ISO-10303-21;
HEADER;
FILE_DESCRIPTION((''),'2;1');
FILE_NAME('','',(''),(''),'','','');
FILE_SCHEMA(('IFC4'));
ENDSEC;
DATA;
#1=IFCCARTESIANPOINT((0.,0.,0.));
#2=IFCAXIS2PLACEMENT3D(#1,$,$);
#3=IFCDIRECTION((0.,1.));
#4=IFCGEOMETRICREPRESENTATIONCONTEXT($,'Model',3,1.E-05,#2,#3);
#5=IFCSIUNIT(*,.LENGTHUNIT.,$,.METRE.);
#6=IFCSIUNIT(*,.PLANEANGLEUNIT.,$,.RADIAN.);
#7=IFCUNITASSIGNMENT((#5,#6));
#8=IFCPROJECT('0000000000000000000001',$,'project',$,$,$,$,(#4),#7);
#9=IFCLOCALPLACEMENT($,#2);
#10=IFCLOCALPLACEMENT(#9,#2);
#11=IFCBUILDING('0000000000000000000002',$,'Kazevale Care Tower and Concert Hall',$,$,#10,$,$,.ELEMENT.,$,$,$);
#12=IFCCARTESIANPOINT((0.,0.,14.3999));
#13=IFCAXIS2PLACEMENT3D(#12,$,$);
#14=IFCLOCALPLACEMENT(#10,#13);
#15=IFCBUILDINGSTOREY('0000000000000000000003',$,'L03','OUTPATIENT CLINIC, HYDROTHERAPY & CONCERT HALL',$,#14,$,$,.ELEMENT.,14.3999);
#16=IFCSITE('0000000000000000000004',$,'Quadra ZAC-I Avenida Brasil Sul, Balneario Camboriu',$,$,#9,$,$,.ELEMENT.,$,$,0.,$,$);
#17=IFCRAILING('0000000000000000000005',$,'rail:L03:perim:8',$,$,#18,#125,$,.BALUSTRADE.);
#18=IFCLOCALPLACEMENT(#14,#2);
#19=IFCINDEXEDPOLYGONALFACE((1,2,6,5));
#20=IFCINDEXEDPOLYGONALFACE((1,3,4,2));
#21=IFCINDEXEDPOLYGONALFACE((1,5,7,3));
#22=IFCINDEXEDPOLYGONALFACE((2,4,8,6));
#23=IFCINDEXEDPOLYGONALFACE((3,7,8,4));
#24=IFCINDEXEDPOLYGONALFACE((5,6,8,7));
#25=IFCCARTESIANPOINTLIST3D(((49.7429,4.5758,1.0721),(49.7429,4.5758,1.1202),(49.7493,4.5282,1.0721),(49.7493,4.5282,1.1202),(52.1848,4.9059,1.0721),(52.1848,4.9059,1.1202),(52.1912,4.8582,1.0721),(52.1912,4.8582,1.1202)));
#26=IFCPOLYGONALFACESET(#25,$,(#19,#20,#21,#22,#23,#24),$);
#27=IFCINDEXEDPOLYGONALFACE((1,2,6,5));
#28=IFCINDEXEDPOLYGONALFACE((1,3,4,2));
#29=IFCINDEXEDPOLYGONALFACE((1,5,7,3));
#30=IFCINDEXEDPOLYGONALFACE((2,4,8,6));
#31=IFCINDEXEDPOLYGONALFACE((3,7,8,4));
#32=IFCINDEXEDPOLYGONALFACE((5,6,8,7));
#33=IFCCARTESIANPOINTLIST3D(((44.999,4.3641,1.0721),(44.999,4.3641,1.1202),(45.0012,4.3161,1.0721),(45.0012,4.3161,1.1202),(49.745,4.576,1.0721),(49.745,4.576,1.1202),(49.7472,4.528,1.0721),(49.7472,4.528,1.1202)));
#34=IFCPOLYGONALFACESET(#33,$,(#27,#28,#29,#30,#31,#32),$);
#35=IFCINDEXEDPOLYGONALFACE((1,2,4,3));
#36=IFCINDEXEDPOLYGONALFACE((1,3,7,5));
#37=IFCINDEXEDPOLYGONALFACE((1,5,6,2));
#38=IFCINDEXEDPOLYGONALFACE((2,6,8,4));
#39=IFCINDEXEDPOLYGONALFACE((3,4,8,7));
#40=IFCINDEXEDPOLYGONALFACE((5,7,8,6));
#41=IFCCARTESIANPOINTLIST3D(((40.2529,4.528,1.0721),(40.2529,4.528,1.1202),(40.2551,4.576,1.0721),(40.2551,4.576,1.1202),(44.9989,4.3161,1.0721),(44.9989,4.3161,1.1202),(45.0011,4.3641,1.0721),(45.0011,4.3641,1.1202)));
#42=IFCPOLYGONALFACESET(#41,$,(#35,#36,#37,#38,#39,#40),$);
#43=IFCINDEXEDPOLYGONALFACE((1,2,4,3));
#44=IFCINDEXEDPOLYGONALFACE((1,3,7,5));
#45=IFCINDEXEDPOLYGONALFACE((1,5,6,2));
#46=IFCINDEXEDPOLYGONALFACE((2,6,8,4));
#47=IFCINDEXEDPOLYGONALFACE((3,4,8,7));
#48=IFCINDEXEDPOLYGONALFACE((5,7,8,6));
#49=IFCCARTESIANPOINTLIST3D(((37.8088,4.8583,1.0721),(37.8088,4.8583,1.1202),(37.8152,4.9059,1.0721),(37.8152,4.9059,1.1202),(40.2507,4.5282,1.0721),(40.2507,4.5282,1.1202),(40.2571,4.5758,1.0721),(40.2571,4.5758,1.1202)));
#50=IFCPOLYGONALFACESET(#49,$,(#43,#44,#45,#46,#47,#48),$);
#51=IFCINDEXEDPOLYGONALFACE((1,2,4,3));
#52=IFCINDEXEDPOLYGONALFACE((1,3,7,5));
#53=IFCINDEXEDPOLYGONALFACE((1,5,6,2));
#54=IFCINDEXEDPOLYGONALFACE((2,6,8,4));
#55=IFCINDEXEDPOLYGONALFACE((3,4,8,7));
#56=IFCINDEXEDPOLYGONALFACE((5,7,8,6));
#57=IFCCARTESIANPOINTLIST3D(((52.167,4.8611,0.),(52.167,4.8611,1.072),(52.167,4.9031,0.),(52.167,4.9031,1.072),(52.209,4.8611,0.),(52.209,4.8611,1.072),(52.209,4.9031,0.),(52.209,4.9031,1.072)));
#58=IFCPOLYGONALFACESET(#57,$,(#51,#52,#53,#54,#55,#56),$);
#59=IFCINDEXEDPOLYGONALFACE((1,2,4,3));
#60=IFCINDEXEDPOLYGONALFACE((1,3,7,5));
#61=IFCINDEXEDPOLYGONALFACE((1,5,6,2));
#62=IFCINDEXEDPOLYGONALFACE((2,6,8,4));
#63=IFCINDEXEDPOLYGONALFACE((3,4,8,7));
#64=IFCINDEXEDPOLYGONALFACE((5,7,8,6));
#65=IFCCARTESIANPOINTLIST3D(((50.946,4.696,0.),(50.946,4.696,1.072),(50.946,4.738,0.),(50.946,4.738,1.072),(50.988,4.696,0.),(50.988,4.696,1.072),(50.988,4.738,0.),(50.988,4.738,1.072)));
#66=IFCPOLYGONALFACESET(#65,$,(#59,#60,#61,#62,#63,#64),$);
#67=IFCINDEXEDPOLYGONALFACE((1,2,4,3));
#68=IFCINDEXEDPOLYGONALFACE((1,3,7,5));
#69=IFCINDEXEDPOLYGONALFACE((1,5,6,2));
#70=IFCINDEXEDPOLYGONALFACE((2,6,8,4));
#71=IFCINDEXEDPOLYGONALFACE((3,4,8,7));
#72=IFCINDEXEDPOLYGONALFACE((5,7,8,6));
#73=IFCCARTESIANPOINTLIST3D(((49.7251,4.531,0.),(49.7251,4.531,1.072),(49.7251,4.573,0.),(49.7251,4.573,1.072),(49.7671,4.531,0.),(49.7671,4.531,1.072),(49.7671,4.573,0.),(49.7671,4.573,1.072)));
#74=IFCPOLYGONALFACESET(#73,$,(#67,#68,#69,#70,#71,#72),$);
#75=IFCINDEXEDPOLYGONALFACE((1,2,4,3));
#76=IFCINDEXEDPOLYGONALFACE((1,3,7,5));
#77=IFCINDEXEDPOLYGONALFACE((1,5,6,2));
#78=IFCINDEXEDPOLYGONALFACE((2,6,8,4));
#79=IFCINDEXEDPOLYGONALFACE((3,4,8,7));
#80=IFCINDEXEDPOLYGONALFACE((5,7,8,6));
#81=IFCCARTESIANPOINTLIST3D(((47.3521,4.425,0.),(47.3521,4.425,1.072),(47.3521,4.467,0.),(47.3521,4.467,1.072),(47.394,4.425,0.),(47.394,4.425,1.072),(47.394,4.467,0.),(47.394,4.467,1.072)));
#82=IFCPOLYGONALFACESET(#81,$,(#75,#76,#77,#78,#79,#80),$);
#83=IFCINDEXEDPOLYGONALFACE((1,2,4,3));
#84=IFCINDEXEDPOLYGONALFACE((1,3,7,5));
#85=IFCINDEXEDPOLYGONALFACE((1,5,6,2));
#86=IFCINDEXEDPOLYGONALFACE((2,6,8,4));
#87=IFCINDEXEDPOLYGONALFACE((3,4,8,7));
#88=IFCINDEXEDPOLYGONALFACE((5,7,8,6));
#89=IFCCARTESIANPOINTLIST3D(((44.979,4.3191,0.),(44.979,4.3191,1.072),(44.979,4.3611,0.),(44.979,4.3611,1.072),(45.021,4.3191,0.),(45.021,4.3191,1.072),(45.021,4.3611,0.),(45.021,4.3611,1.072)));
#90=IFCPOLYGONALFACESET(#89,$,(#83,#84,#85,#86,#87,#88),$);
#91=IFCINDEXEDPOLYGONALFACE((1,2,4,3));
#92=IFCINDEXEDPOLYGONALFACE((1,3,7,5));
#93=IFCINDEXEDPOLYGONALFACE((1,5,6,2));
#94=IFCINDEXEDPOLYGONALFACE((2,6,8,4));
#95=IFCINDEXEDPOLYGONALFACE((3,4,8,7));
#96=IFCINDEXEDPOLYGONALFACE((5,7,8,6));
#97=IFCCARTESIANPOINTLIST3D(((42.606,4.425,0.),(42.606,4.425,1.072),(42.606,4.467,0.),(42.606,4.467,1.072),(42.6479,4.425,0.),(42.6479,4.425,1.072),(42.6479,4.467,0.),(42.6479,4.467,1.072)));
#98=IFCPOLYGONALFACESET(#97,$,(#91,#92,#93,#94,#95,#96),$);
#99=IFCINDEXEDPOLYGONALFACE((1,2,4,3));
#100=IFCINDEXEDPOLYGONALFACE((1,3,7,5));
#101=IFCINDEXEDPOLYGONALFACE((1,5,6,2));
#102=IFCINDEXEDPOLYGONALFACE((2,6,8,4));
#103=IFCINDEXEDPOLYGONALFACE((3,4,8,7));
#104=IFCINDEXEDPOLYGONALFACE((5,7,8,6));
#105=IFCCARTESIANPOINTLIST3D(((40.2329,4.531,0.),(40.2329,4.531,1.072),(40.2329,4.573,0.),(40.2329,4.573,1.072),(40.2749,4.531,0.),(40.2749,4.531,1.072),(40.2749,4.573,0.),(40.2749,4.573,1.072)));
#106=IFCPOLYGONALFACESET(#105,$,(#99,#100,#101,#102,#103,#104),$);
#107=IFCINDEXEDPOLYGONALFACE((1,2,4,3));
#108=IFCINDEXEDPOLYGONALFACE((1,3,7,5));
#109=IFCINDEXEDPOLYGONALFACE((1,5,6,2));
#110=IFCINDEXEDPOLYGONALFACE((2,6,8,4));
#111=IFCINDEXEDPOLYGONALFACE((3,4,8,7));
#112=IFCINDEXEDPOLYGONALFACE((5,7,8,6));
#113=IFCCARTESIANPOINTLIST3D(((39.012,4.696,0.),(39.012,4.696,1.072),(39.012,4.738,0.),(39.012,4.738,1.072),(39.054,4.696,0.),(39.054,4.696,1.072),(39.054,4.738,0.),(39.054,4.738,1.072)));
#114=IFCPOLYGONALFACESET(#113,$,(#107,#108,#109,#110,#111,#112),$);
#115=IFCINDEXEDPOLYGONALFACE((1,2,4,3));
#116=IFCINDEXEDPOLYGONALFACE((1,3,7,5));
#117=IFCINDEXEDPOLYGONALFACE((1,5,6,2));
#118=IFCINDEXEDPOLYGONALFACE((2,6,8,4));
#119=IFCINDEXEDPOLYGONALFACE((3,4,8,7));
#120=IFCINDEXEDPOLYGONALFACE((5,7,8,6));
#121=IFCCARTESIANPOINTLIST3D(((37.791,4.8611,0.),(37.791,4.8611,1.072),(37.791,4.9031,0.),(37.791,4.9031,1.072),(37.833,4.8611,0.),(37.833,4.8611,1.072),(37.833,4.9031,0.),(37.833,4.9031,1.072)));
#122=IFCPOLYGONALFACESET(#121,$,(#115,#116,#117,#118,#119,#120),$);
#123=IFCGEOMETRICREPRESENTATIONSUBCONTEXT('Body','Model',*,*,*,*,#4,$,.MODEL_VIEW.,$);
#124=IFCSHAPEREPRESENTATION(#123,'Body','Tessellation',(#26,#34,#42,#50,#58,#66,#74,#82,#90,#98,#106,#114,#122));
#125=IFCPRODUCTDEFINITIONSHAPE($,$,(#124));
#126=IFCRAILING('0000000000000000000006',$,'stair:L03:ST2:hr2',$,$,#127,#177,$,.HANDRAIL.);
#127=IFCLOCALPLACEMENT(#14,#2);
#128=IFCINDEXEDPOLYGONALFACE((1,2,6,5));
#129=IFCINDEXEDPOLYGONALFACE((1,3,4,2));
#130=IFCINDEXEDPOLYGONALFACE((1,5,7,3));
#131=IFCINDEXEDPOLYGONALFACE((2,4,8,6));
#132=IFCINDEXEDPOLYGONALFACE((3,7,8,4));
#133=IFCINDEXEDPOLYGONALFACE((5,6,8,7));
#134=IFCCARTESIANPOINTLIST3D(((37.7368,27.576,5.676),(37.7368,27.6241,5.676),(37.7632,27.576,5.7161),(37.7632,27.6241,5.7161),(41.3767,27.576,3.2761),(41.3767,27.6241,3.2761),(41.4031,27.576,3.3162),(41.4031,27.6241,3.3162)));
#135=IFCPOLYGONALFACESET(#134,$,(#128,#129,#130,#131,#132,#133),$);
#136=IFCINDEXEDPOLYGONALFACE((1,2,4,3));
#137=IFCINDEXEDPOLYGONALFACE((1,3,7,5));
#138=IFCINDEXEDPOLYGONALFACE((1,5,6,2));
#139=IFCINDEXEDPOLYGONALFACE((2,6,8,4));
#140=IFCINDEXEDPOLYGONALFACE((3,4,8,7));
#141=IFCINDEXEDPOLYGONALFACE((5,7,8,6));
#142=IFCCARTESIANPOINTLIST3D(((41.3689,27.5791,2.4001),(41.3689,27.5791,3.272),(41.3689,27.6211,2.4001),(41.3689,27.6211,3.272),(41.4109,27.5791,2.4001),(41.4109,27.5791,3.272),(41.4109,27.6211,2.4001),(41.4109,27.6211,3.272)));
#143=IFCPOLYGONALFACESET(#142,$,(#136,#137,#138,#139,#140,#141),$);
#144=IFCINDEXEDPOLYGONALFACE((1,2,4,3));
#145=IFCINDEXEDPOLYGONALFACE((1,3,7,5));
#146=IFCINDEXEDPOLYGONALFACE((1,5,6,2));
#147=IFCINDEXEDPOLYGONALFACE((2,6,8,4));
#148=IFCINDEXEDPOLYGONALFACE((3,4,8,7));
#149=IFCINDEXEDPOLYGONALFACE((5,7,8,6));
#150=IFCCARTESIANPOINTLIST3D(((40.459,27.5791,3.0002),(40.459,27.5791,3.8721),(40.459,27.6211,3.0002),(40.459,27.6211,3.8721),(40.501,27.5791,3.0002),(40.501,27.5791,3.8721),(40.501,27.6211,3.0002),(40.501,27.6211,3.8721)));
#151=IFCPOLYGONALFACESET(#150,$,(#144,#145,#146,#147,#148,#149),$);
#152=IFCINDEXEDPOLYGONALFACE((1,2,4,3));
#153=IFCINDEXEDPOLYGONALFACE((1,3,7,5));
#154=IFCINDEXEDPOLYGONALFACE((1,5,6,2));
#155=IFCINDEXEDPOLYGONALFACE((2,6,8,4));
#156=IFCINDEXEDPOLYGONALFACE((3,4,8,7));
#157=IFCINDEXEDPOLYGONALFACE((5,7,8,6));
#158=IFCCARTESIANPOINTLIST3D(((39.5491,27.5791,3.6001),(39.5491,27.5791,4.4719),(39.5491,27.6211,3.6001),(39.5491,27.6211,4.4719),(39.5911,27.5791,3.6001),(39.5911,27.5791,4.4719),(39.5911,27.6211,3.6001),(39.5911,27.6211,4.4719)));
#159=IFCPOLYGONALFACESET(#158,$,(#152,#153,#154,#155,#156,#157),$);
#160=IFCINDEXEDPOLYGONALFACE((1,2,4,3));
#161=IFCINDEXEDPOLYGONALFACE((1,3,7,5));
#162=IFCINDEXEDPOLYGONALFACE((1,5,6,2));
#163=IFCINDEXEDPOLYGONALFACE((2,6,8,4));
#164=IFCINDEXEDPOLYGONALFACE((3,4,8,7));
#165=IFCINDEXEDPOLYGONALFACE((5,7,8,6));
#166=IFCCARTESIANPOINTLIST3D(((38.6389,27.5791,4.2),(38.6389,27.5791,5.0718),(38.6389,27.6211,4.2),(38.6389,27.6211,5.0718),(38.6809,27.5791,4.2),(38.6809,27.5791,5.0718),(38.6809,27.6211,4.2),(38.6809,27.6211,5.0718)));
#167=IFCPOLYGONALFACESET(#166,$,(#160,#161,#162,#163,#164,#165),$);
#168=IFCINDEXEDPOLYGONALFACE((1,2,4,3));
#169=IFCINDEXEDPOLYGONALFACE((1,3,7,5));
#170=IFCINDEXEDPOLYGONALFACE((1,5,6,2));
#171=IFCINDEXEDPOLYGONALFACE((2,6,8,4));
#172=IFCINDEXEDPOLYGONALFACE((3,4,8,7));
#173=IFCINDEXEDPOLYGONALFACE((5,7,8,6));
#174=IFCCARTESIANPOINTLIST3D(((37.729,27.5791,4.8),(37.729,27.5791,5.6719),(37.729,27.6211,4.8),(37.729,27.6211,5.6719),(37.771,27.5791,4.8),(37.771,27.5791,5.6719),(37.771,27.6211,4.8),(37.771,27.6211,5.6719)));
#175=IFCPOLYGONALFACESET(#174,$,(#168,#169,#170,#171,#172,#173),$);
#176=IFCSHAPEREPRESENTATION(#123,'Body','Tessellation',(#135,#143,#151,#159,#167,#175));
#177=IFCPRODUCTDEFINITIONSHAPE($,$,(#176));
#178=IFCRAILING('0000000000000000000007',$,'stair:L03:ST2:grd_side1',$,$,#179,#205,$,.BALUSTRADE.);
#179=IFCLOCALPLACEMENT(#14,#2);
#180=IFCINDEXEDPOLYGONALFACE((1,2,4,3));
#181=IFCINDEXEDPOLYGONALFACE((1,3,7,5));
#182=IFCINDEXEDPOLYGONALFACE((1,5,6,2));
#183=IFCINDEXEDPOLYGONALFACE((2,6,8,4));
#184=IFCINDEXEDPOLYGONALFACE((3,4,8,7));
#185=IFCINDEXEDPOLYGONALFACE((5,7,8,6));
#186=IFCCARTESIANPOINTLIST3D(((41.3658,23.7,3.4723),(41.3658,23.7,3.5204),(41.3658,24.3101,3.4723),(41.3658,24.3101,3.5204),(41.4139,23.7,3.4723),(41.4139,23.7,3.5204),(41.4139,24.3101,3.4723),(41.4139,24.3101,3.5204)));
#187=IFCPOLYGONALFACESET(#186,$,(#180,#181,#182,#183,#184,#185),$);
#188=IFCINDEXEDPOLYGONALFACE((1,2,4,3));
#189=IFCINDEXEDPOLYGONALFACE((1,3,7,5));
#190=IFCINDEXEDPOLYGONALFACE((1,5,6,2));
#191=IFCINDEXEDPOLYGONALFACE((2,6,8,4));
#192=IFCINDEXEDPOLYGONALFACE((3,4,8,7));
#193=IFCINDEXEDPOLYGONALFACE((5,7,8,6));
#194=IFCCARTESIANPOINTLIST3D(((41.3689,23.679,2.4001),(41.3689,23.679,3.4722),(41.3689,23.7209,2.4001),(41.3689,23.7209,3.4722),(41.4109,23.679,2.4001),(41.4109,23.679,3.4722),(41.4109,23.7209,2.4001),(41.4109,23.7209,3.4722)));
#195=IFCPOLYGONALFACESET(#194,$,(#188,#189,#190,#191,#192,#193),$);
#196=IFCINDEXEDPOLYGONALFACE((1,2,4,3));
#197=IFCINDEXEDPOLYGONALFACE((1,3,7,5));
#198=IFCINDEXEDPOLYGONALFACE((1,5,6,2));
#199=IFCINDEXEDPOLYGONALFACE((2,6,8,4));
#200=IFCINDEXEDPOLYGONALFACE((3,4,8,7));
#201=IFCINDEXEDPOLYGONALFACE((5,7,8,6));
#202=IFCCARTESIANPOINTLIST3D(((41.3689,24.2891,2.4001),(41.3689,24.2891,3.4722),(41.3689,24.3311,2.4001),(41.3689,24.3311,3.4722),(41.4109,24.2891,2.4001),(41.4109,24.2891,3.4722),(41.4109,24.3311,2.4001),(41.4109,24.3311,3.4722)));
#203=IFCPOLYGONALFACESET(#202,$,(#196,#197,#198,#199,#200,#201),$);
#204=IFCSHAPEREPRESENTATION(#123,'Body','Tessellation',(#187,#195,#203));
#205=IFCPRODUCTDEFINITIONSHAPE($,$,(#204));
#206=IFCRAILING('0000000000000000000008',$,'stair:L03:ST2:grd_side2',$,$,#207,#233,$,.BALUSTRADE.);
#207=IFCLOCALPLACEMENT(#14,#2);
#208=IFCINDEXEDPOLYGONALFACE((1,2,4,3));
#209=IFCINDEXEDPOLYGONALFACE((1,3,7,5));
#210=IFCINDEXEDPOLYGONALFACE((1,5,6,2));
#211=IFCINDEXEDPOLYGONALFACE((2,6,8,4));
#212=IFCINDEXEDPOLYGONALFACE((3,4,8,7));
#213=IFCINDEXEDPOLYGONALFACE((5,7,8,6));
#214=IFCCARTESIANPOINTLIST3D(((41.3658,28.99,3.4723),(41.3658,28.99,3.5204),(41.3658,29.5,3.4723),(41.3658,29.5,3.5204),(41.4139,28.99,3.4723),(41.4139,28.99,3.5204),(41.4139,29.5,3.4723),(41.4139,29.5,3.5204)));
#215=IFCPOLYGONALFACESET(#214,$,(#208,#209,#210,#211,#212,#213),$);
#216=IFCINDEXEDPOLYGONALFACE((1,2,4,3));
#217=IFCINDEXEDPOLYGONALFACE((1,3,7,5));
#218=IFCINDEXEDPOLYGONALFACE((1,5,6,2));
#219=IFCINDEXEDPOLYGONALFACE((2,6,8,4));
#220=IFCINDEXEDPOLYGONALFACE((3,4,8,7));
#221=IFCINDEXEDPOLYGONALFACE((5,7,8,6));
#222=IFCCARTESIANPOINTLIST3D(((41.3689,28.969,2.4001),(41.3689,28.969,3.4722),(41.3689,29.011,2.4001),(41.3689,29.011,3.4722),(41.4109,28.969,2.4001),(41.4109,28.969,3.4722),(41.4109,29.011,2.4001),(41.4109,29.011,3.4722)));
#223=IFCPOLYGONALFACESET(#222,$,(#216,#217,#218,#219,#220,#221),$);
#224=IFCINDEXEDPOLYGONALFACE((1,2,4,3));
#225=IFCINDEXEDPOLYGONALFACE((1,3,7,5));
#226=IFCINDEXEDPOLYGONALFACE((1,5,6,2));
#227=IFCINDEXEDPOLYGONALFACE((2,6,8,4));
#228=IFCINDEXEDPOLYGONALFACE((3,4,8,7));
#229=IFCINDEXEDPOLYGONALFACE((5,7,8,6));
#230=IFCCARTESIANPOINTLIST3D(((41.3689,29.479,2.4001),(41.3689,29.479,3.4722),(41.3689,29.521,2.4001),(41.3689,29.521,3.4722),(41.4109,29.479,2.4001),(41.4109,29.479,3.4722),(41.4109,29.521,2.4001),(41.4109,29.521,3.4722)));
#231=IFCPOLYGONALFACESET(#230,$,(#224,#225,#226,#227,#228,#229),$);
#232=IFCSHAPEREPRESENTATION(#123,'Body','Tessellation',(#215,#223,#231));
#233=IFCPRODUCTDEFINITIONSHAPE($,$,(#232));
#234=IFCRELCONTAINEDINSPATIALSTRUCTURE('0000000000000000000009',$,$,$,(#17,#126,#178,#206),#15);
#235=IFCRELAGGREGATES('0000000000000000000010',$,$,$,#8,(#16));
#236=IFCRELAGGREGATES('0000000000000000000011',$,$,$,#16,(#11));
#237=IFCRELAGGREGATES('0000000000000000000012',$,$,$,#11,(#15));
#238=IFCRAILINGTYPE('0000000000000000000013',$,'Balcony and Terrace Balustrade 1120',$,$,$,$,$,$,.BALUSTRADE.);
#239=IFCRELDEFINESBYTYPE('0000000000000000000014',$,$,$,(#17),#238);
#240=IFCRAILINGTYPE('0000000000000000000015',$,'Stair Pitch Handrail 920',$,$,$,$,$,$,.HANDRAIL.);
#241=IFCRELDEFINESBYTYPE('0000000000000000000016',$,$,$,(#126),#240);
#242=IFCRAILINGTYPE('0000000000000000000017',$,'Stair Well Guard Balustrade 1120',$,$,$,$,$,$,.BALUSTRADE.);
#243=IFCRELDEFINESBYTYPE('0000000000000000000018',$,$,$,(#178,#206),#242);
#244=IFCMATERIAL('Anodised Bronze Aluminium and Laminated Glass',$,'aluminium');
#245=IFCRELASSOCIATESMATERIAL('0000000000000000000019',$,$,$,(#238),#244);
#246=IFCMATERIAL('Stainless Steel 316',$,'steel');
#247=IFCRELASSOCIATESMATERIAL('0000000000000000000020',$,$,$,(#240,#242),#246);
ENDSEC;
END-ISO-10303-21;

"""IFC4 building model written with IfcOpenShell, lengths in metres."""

from ifc_helpers import new_model, si_unit, direction, frame, origin, origin_2d, place, context, subcontext, project, spatial, rectangle, extrude, material, type_object, element, save


model = new_model("IFC4")

# Units and contexts
model_context = context("Model", 3, precision=1e-05, world=origin(), true_north=direction((0.0, 1.0)))
body_context = subcontext(model_context, "Body", "Model", "MODEL_VIEW")
ifc_project = project(units=[si_unit("LENGTHUNIT", "METRE"), si_unit("PLANEANGLEUNIT", "RADIAN")], contexts=[model_context])

# Site, building, storey
site_placement = place(None, origin())
site = spatial("IfcSite", under=ifc_project, at=site_placement, Name="Quadra ZAC-I Avenida Brasil Sul, Balneario Camboriu", CompositionType="ELEMENT", RefElevation=0.0)
building_placement = place(site_placement, origin())
building = spatial("IfcBuilding", under=site, at=building_placement, Name="Kazevale Care Tower and Concert Hall", CompositionType="ELEMENT")
storey_placement = place(building_placement, frame((0.0, 0.0, 14.3999)))
storey = spatial("IfcBuildingStorey", under=building, at=storey_placement, Name="L03", Description="OUTPATIENT CLINIC, HYDROTHERAPY & CONCERT HALL", CompositionType="ELEMENT", Elevation=14.3999)

# Railings
ifc_material_1 = material(Name="Anodised Bronze Aluminium and Laminated Glass", Category="aluminium")
railing_type_1 = type_object("IfcRailingType", Name="Balcony and Terrace Balustrade 1120", PredefinedType="BALUSTRADE", material=ifc_material_1)
railing_1_placement = place(storey_placement, frame((52.188, 4.8821, 0.0)))
element("IfcRailing", 1, at=railing_1_placement, inside=storey, type_object=railing_type_1, Name="rail:L03:perim:8", PredefinedType="BALUSTRADE", context=body_context, shape_type="SweptSolid", body=[
    extrude(rectangle(XDim=0.0481, YDim=0.0481, at=origin_2d()), frame((0.0, 0.0, 1.0962), z_axis=(-0.990987, -0.133955, 0.0), x_axis=(0.133955, -0.990987, 0.0)), (0.0, 0.0, 1.0), 2.4641),
    extrude(rectangle(XDim=0.0481, YDim=0.0481, at=origin_2d()), frame((-2.4419, -0.3301, 1.0962), z_axis=(-0.999005, -0.044606, 0.0), x_axis=(0.044606, -0.999005, 0.0)), (0.0, 0.0, 1.0), 4.7507),
    extrude(rectangle(XDim=0.0481, YDim=0.0481, at=origin_2d()), frame((-7.188, -0.542, 1.0962), z_axis=(-0.999005, 0.044606, 0.0), x_axis=(-0.044606, -0.999005, 0.0)), (0.0, 0.0, 1.0), 4.7507),
    extrude(rectangle(XDim=0.0481, YDim=0.0481, at=origin_2d()), frame((-11.9341, -0.3301, 1.0962), z_axis=(-0.990987, 0.133955, 0.0), x_axis=(-0.133955, -0.990987, 0.0)), (0.0, 0.0, 1.0), 2.4641),
    extrude(rectangle(XDim=0.042, YDim=0.042, at=origin_2d()), origin(), (0.0, 0.0, 1.0), 1.072),
    extrude(rectangle(XDim=0.042, YDim=0.042, at=origin_2d()), frame((-1.2209, -0.165, 0.0)), (0.0, 0.0, 1.0), 1.072),
    extrude(rectangle(XDim=0.042, YDim=0.042, at=origin_2d()), frame((-2.4419, -0.3301, 0.0)), (0.0, 0.0, 1.0), 1.072),
    extrude(rectangle(XDim=0.042, YDim=0.042, at=origin_2d()), frame((-4.8149, -0.436, 0.0)), (0.0, 0.0, 1.0), 1.072),
    extrude(rectangle(XDim=0.042, YDim=0.042, at=origin_2d()), frame((-7.188, -0.542, 0.0)), (0.0, 0.0, 1.0), 1.072),
    extrude(rectangle(XDim=0.042, YDim=0.042, at=origin_2d()), frame((-9.561, -0.436, 0.0)), (0.0, 0.0, 1.0), 1.072),
    extrude(rectangle(XDim=0.042, YDim=0.042, at=origin_2d()), frame((-11.9341, -0.3301, 0.0)), (0.0, 0.0, 1.0), 1.072),
    extrude(rectangle(XDim=0.042, YDim=0.042, at=origin_2d()), frame((-13.155, -0.165, 0.0)), (0.0, 0.0, 1.0), 1.072),
    extrude(rectangle(XDim=0.042, YDim=0.042, at=origin_2d()), frame((-14.376, 0.0, 0.0)), (0.0, 0.0, 1.0), 1.072),
])
ifc_material_2 = material(Name="Stainless Steel 316", Category="steel")
railing_type_2 = type_object("IfcRailingType", Name="Stair Pitch Handrail 920", PredefinedType="HANDRAIL", material=ifc_material_2)
railing_2_placement = place(storey_placement, frame((41.3899, 27.6001, 2.4001)))
element("IfcRailing", 2, at=railing_2_placement, inside=storey, type_object=railing_type_2, Name="stair:L03:ST2:hr2", PredefinedType="HANDRAIL", context=body_context, shape_type="SweptSolid", body=[
    extrude(rectangle(XDim=0.0481, YDim=0.0481, at=origin_2d()), frame((0.0, 0.0, 0.896), z_axis=(-0.834865, 0.0, 0.550454), x_axis=(0.0, -1.0, 0.0)), (0.0, 0.0, 1.0), 4.3599),
    extrude(rectangle(XDim=0.042, YDim=0.042, at=origin_2d()), origin(), (0.0, 0.0, 1.0), 0.8718),
    extrude(rectangle(XDim=0.042, YDim=0.042, at=origin_2d()), frame((-0.9099, 0.0, 0.6001)), (0.0, 0.0, 1.0), 0.8718),
    extrude(rectangle(XDim=0.042, YDim=0.042, at=origin_2d()), frame((-1.8198, 0.0, 1.2)), (0.0, 0.0, 1.0), 0.8718),
    extrude(rectangle(XDim=0.042, YDim=0.042, at=origin_2d()), frame((-2.73, 0.0, 1.7998)), (0.0, 0.0, 1.0), 0.8718),
    extrude(rectangle(XDim=0.042, YDim=0.042, at=origin_2d()), frame((-3.6399, 0.0, 2.3999)), (0.0, 0.0, 1.0), 0.8718),
])
railing_type_3 = type_object("IfcRailingType", Name="Stair Well Guard Balustrade 1120", PredefinedType="BALUSTRADE", material=ifc_material_2)
railing_3_placement = place(storey_placement, frame((41.3899, 23.7, 2.4001)))
element("IfcRailing", 3, at=railing_3_placement, inside=storey, type_object=railing_type_3, Name="stair:L03:ST2:grd_side1", PredefinedType="BALUSTRADE", context=body_context, shape_type="SweptSolid", body=[
    extrude(rectangle(XDim=0.0481, YDim=0.0481, at=origin_2d()), frame((0.0, 0.0, 1.0962), z_axis=(0.0, 1.0, 0.0), x_axis=(-1.0, 0.0, 0.0)), (0.0, 0.0, 1.0), 0.6101),
    extrude(rectangle(XDim=0.042, YDim=0.042, at=origin_2d()), origin(), (0.0, 0.0, 1.0), 1.072),
    extrude(rectangle(XDim=0.042, YDim=0.042, at=origin_2d()), frame((0.0, 0.6101, 0.0)), (0.0, 0.0, 1.0), 1.072),
])
railing_4_placement = place(storey_placement, frame((41.3899, 28.99, 2.4001)))
element("IfcRailing", 4, at=railing_4_placement, inside=storey, type_object=railing_type_3, Name="stair:L03:ST2:grd_side2", PredefinedType="BALUSTRADE", context=body_context, shape_type="SweptSolid", body=[
    extrude(rectangle(XDim=0.0481, YDim=0.0481, at=origin_2d()), frame((0.0, 0.0, 1.0962), z_axis=(0.0, 1.0, 0.0), x_axis=(-1.0, 0.0, 0.0)), (0.0, 0.0, 1.0), 0.51),
    extrude(rectangle(XDim=0.042, YDim=0.042, at=origin_2d()), origin(), (0.0, 0.0, 1.0), 1.072),
    extrude(rectangle(XDim=0.042, YDim=0.042, at=origin_2d()), frame((0.0, 0.51, 0.0)), (0.0, 0.0, 1.0), 1.072),
])

save(model, "model.ifc")
